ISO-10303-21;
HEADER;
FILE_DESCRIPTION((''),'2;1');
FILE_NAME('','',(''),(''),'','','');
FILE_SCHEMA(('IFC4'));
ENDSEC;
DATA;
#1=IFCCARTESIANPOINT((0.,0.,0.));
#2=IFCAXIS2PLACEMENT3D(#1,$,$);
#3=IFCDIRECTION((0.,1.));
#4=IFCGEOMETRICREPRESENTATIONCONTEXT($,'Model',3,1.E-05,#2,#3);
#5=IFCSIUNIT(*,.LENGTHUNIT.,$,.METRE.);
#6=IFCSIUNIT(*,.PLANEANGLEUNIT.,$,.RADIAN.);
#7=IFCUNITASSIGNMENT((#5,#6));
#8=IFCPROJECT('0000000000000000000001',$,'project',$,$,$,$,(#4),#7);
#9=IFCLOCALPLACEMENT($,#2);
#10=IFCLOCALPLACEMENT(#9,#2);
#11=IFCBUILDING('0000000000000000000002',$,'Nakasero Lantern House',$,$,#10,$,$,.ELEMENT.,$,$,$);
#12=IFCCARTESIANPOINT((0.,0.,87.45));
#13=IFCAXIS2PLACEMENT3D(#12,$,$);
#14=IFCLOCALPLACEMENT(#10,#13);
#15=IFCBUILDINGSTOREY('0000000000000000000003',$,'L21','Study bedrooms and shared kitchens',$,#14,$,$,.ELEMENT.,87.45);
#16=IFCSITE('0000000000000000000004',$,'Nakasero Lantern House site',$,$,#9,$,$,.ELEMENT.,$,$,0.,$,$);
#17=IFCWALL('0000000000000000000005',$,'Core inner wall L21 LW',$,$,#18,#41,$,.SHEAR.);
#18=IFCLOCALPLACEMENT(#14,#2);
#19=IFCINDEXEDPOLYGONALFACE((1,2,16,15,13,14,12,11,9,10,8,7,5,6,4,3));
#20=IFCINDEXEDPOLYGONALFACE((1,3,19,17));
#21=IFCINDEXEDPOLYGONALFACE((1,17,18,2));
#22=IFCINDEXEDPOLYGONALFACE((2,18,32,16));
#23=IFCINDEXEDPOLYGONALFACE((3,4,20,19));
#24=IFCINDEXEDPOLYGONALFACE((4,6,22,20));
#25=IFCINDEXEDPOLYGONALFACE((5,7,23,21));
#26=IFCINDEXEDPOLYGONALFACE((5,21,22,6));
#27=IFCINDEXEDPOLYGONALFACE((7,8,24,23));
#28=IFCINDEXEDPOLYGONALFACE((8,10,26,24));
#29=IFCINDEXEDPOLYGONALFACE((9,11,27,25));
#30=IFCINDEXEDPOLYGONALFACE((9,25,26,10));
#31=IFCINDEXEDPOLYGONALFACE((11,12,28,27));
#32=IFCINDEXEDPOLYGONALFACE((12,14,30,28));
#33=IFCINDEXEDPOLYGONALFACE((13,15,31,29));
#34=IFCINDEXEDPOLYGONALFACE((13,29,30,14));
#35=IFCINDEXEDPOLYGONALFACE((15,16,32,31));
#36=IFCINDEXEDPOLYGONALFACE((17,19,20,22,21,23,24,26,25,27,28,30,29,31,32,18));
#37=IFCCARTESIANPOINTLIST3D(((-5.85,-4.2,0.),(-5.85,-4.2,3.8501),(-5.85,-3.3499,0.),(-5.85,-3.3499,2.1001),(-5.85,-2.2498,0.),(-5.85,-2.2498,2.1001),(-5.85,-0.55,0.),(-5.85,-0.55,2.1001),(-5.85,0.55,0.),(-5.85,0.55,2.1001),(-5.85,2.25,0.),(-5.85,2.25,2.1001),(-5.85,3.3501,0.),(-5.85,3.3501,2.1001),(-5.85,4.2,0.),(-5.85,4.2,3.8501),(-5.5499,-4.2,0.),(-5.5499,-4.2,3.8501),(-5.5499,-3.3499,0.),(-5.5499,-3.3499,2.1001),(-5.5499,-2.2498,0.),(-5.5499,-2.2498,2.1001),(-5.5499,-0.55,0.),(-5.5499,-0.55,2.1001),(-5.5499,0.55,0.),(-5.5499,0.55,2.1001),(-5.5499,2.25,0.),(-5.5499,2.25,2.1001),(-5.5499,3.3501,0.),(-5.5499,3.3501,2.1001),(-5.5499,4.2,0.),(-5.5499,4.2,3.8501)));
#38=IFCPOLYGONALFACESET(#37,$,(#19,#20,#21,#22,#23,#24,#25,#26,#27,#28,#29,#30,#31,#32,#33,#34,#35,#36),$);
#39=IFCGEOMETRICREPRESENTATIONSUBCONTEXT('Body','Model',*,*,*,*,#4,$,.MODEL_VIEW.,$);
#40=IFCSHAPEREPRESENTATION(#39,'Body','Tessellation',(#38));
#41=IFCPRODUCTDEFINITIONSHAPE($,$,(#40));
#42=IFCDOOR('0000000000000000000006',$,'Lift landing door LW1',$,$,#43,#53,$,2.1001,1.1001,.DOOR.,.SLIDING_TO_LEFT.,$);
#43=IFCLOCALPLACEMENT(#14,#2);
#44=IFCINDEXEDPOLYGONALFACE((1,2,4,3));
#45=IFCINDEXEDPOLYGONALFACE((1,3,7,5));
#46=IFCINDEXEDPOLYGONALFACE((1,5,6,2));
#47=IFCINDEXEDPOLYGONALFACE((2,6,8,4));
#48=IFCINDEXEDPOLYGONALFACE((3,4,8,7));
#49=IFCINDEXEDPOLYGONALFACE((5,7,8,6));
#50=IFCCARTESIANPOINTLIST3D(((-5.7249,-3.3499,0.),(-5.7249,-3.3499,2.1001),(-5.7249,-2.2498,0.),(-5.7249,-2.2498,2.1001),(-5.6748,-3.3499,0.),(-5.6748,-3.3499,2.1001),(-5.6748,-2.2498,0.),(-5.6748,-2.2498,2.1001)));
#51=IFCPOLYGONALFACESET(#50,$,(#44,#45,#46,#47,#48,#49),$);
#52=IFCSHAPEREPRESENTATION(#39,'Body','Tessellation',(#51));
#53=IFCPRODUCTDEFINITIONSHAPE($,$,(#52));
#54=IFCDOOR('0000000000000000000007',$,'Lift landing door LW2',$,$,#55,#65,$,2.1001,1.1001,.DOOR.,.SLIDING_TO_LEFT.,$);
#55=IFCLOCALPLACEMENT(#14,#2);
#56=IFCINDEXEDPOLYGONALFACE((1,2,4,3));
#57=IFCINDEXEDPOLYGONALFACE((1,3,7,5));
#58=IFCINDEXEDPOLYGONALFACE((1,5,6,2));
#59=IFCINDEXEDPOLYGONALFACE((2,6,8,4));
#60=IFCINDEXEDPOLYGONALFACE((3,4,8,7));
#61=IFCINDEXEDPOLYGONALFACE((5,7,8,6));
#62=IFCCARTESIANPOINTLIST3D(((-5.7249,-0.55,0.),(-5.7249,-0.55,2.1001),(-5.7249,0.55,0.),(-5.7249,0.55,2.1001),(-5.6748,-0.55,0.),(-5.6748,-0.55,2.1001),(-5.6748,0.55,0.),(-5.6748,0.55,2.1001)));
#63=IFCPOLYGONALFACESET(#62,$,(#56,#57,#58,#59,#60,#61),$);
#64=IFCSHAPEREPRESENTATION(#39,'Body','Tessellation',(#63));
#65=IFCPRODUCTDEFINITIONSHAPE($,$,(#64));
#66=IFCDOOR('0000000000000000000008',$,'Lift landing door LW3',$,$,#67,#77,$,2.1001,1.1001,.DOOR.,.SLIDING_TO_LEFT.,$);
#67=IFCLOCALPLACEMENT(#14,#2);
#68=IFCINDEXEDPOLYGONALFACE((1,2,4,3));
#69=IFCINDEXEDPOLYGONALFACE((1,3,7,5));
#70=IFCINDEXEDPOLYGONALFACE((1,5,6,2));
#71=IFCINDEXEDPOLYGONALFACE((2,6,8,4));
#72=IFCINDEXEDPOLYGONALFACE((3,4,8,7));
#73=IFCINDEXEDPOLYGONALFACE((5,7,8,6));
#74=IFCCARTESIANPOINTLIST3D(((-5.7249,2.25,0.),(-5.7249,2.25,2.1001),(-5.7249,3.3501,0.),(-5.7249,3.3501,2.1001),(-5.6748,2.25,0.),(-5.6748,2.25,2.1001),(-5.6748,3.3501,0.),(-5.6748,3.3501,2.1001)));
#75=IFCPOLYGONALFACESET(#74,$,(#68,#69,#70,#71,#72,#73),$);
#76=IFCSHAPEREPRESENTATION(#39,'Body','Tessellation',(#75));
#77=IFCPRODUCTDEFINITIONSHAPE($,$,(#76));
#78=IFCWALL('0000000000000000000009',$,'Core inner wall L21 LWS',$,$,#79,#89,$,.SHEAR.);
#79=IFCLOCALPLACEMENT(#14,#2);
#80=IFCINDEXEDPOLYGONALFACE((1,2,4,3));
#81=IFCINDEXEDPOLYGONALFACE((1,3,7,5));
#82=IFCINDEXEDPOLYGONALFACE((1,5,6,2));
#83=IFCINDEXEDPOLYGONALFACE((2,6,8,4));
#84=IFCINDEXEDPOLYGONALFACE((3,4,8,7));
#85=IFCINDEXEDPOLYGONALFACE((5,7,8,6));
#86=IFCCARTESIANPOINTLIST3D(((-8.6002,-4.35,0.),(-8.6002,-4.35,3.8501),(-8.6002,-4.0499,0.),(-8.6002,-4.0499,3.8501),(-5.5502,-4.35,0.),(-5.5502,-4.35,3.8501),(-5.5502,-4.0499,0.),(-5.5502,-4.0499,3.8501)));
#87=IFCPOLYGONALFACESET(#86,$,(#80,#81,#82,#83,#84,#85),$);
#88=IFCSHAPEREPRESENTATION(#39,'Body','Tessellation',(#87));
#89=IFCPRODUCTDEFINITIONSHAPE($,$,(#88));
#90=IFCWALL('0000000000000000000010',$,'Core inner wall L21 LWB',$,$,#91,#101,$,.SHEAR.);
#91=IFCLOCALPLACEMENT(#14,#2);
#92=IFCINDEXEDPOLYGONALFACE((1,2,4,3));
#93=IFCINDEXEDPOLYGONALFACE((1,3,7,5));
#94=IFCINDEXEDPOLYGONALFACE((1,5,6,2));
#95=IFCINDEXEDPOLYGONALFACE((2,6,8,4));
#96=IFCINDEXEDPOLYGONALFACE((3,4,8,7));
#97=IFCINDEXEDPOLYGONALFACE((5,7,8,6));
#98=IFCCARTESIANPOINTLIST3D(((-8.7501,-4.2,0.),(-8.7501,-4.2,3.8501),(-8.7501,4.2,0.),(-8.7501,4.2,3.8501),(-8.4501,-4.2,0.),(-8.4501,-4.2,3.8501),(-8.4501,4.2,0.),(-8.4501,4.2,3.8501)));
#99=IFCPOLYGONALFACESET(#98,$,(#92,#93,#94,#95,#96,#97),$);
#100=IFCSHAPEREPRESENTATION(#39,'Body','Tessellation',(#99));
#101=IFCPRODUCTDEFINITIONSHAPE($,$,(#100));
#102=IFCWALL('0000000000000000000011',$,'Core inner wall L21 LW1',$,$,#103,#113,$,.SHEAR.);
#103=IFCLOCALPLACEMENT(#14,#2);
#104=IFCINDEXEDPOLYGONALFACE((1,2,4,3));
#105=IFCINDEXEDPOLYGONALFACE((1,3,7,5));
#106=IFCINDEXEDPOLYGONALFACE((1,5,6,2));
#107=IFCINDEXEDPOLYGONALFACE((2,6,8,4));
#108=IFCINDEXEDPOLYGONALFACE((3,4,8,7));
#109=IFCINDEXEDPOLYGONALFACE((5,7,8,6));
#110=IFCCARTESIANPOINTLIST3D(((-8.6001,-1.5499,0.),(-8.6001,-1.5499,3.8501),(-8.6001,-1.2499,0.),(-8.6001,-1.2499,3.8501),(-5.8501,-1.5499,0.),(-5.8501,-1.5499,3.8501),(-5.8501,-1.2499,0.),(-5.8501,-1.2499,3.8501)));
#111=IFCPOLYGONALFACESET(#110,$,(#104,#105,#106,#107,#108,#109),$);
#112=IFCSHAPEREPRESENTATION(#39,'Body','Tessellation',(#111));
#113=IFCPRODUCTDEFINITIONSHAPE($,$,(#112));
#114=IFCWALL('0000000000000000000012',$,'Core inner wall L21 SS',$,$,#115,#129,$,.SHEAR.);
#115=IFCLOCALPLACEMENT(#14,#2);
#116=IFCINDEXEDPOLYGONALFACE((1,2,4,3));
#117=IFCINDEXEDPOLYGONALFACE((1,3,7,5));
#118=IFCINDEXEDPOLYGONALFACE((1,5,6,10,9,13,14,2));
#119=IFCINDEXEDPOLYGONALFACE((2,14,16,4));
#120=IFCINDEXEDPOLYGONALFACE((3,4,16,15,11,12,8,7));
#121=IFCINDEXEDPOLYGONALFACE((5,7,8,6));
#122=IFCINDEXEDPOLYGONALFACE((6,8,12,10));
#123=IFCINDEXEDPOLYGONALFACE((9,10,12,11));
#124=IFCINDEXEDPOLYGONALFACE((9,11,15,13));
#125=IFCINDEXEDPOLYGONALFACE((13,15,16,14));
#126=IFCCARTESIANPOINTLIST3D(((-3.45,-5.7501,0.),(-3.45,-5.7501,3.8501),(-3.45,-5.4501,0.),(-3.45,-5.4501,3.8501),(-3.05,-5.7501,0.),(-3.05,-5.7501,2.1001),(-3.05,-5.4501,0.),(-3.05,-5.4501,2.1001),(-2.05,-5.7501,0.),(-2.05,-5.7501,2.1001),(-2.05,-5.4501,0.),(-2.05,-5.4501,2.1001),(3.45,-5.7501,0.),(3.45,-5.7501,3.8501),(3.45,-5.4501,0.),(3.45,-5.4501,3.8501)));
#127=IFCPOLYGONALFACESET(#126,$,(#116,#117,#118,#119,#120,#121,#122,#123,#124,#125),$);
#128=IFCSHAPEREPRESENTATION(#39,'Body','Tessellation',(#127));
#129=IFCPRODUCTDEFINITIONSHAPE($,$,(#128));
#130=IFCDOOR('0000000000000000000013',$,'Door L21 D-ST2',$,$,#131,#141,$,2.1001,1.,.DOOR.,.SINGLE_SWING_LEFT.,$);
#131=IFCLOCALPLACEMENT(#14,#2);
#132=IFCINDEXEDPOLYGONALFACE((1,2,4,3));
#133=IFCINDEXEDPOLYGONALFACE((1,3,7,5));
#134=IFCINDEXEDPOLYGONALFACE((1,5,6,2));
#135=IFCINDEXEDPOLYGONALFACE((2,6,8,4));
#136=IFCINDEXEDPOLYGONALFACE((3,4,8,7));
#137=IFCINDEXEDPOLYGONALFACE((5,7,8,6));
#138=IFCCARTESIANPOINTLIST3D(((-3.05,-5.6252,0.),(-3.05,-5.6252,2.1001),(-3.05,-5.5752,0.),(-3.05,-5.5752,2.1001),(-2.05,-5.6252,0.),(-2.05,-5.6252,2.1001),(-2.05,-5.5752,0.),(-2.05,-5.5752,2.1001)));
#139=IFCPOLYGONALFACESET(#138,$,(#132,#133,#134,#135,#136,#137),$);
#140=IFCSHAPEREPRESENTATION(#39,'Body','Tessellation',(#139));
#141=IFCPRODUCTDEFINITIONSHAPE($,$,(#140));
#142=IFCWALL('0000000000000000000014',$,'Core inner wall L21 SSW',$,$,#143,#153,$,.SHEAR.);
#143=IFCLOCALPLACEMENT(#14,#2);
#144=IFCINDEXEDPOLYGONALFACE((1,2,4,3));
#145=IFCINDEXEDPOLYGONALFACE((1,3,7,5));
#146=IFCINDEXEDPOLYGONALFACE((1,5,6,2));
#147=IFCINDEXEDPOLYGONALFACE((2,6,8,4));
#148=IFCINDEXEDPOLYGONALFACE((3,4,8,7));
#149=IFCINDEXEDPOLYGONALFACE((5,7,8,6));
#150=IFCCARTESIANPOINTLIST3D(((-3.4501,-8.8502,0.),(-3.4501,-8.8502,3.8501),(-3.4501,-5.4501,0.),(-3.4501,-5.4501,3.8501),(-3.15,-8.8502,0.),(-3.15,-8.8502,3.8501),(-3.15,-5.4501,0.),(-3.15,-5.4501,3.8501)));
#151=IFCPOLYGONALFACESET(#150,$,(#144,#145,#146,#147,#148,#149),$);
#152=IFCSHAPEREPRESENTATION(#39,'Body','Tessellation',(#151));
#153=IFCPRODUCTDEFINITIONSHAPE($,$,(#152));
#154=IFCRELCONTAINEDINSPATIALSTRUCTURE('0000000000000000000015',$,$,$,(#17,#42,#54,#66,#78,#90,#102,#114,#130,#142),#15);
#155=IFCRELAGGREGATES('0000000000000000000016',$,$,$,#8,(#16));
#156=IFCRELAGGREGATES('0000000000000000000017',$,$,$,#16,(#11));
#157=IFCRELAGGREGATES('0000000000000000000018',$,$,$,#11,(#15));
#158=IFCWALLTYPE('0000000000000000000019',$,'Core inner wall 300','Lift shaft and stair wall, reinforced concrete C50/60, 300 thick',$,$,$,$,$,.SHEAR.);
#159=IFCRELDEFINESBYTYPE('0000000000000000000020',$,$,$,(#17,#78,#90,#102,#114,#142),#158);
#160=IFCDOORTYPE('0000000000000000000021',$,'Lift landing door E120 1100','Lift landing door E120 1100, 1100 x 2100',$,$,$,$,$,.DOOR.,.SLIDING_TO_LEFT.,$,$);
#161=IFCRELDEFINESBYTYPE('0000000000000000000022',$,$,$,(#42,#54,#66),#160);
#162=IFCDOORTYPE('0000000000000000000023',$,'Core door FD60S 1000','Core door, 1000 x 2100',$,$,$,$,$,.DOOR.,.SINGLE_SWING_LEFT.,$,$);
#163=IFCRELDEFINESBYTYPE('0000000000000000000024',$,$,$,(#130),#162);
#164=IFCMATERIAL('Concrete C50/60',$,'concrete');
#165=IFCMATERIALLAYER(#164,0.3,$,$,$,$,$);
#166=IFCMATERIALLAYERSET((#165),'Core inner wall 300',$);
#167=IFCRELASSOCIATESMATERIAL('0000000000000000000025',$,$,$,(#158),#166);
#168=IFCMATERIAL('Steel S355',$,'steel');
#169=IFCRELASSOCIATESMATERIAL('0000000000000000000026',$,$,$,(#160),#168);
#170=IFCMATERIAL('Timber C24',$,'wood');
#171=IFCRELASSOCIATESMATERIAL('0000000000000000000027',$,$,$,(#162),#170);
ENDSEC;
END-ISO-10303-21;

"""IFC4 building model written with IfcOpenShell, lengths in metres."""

from ifc_helpers import new_model, si_unit, direction, frame, frame_2d, origin, place, context, subcontext, project, spatial, rectangle, extrude, material, layer, layer_set, type_object, element, fill, save


model = new_model("IFC4")

# Units and contexts
model_context = context("Model", 3, precision=1e-05, world=origin(), true_north=direction((0.0, 1.0)))
body_context = subcontext(model_context, "Body", "Model", "MODEL_VIEW")
ifc_project = project(units=[si_unit("LENGTHUNIT", "METRE"), si_unit("PLANEANGLEUNIT", "RADIAN")], contexts=[model_context])

# Site, building, storey
site_placement = place(None, origin())
site = spatial("IfcSite", under=ifc_project, at=site_placement, Name="Nakasero Lantern House site", CompositionType="ELEMENT", RefElevation=0.0)
building_placement = place(site_placement, origin())
building = spatial("IfcBuilding", under=site, at=building_placement, Name="Nakasero Lantern House", CompositionType="ELEMENT")
storey_placement = place(building_placement, frame((0.0, 0.0, 87.45)))
storey = spatial("IfcBuildingStorey", under=building, at=storey_placement, Name="L21", Description="Study bedrooms and shared kitchens", CompositionType="ELEMENT", Elevation=87.45)

# Wall, openings, doors
ifc_material_1 = material(Name="Concrete C50/60", Category="concrete")
ifc_layer_1 = layer(ifc_material_1, 0.3)
ifc_layer_set_1 = layer_set([ifc_layer_1], Name="Core inner wall 300")
wall_type_1 = type_object("IfcWallType", Name="Core inner wall 300", Description="Lift shaft and stair wall, reinforced concrete C50/60, 300 thick", PredefinedType="SHEAR", material=ifc_layer_set_1)
wall_1_placement = place(storey_placement, frame((-5.7, -4.2, 0.0), z_axis=(0.0, 0.0, 1.0), x_axis=(0.0, 1.0, 0.0)))
wall_1 = element("IfcWall", 1, at=wall_1_placement, inside=storey, type_object=wall_type_1, Name="Core inner wall L21 LW", PredefinedType="SHEAR", context=body_context, shape_type="SweptSolid", body=[
    extrude(rectangle(XDim=8.3999, YDim=0.3, at=frame_2d((4.2, 0.0))), origin(), (0.0, 0.0, 1.0), 3.8501),
])
opening_1_placement = place(wall_1_placement, frame((0.8501, 0.0, 0.0)))
opening_1 = element("IfcOpeningElement", 2, at=opening_1_placement, cuts=wall_1, PredefinedType="OPENING", context=body_context, shape_type="SweptSolid", body=[
    extrude(rectangle(XDim=1.1001, YDim=2.1001, at=frame_2d((0.55, 1.05))), frame((0.0, 0.1699, 0.0), z_axis=(0.0, -1.0, 0.0), x_axis=(1.0, 0.0, 0.0)), (0.0, 0.0, 1.0), 0.3401),
])
opening_2_placement = place(wall_1_placement, frame((3.6499, 0.0, 0.0)))
opening_2 = element("IfcOpeningElement", 3, at=opening_2_placement, cuts=wall_1, PredefinedType="OPENING", context=body_context, shape_type="SweptSolid", body=[
    extrude(rectangle(XDim=1.1001, YDim=2.1001, at=frame_2d((0.55, 1.05))), frame((0.0, 0.1699, 0.0), z_axis=(0.0, -1.0, 0.0), x_axis=(1.0, 0.0, 0.0)), (0.0, 0.0, 1.0), 0.3401),
])
opening_3_placement = place(wall_1_placement, frame((6.45, 0.0, 0.0)))
opening_3 = element("IfcOpeningElement", 4, at=opening_3_placement, cuts=wall_1, PredefinedType="OPENING", context=body_context, shape_type="SweptSolid", body=[
    extrude(rectangle(XDim=1.1001, YDim=2.1001, at=frame_2d((0.55, 1.05))), frame((0.0, 0.1699, 0.0), z_axis=(0.0, -1.0, 0.0), x_axis=(1.0, 0.0, 0.0)), (0.0, 0.0, 1.0), 0.3401),
])
ifc_material_2 = material(Name="Steel S355", Category="steel")
door_type_1 = type_object("IfcDoorType", Name="Lift landing door E120 1100", Description="Lift landing door E120 1100, 1100 x 2100", OperationType="SLIDING_TO_LEFT", PredefinedType="DOOR", material=ifc_material_2)
door_1_placement = place(opening_1_placement, origin())
door_1 = element("IfcDoor", 5, at=door_1_placement, inside=storey, type_object=door_type_1, Name="Lift landing door LW1", OperationType="SLIDING_TO_LEFT", OverallHeight=2.1001, OverallWidth=1.1001, PredefinedType="DOOR", context=body_context, shape_type="SweptSolid", body=[
    extrude(rectangle(XDim=1.1001, YDim=2.1001, at=frame_2d((0.55, 1.05))), frame((0.0, 0.0249, 0.0), z_axis=(0.0, -1.0, 0.0), x_axis=(1.0, 0.0, 0.0)), (0.0, 0.0, 1.0), 0.05),
])
fill(opening_1, door_1)
door_2_placement = place(opening_2_placement, origin())
door_2 = element("IfcDoor", 6, at=door_2_placement, inside=storey, type_object=door_type_1, Name="Lift landing door LW2", OperationType="SLIDING_TO_LEFT", OverallHeight=2.1001, OverallWidth=1.1001, PredefinedType="DOOR", context=body_context, shape_type="SweptSolid", body=[
    extrude(rectangle(XDim=1.1001, YDim=2.1001, at=frame_2d((0.55, 1.05))), frame((0.0, 0.0249, 0.0), z_axis=(0.0, -1.0, 0.0), x_axis=(1.0, 0.0, 0.0)), (0.0, 0.0, 1.0), 0.05),
])
fill(opening_2, door_2)
door_3_placement = place(opening_3_placement, origin())
door_3 = element("IfcDoor", 7, at=door_3_placement, inside=storey, type_object=door_type_1, Name="Lift landing door LW3", OperationType="SLIDING_TO_LEFT", OverallHeight=2.1001, OverallWidth=1.1001, PredefinedType="DOOR", context=body_context, shape_type="SweptSolid", body=[
    extrude(rectangle(XDim=1.1001, YDim=2.1001, at=frame_2d((0.55, 1.05))), frame((0.0, 0.0249, 0.0), z_axis=(0.0, -1.0, 0.0), x_axis=(1.0, 0.0, 0.0)), (0.0, 0.0, 1.0), 0.05),
])
fill(opening_3, door_3)

# Walls
wall_2_placement = place(storey_placement, frame((-8.6001, -4.2, 0.0), z_axis=(0.0, 0.0, 1.0), x_axis=(1.0, 0.0, 0.0)))
element("IfcWall", 8, at=wall_2_placement, inside=storey, type_object=wall_type_1, Name="Core inner wall L21 LWS", PredefinedType="SHEAR", context=body_context, shape_type="SweptSolid", body=[
    extrude(rectangle(XDim=3.05, YDim=0.3, at=frame_2d((1.5249, 0.0))), origin(), (0.0, 0.0, 1.0), 3.8501),
])
wall_3_placement = place(storey_placement, frame((-8.6001, -4.2, 0.0), z_axis=(0.0, 0.0, 1.0), x_axis=(0.0, 1.0, 0.0)))
element("IfcWall", 9, at=wall_3_placement, inside=storey, type_object=wall_type_1, Name="Core inner wall L21 LWB", PredefinedType="SHEAR", context=body_context, shape_type="SweptSolid", body=[
    extrude(rectangle(XDim=8.3999, YDim=0.3, at=frame_2d((4.2, 0.0))), origin(), (0.0, 0.0, 1.0), 3.8501),
])
wall_4_placement = place(storey_placement, frame((-8.6001, -1.3999, 0.0), z_axis=(0.0, 0.0, 1.0), x_axis=(1.0, 0.0, 0.0)))
element("IfcWall", 10, at=wall_4_placement, inside=storey, type_object=wall_type_1, Name="Core inner wall L21 LW1", PredefinedType="SHEAR", context=body_context, shape_type="SweptSolid", body=[
    extrude(rectangle(XDim=2.75, YDim=0.3, at=frame_2d((1.375, 0.0))), origin(), (0.0, 0.0, 1.0), 3.8501),
])

# Wall, opening, door
wall_5_placement = place(storey_placement, frame((-3.45, -5.6001, 0.0), z_axis=(0.0, 0.0, 1.0), x_axis=(1.0, 0.0, 0.0)))
wall_5 = element("IfcWall", 11, at=wall_5_placement, inside=storey, type_object=wall_type_1, Name="Core inner wall L21 SS", PredefinedType="SHEAR", context=body_context, shape_type="SweptSolid", body=[
    extrude(rectangle(XDim=6.8999, YDim=0.3, at=frame_2d((3.45, 0.0))), origin(), (0.0, 0.0, 1.0), 3.8501),
])
opening_4_placement = place(wall_5_placement, frame((0.3999, 0.0, 0.0)))
opening_4 = element("IfcOpeningElement", 12, at=opening_4_placement, cuts=wall_5, PredefinedType="OPENING", context=body_context, shape_type="SweptSolid", body=[
    extrude(rectangle(XDim=1.0, YDim=2.1001, at=frame_2d((0.5, 1.05))), frame((0.0, 0.1699, 0.0), z_axis=(0.0, -1.0, 0.0), x_axis=(1.0, 0.0, 0.0)), (0.0, 0.0, 1.0), 0.3401),
])
ifc_material_3 = material(Name="Timber C24", Category="wood")
door_type_2 = type_object("IfcDoorType", Name="Core door FD60S 1000", Description="Core door, 1000 x 2100", OperationType="SINGLE_SWING_LEFT", PredefinedType="DOOR", material=ifc_material_3)
door_4_placement = place(opening_4_placement, origin())
door_4 = element("IfcDoor", 13, at=door_4_placement, inside=storey, type_object=door_type_2, Name="Door L21 D-ST2", OperationType="SINGLE_SWING_LEFT", OverallHeight=2.1001, OverallWidth=1.0, PredefinedType="DOOR", context=body_context, shape_type="SweptSolid", body=[
    extrude(rectangle(XDim=1.0, YDim=2.1001, at=frame_2d((0.5, 1.05))), frame((0.0, 0.0249, 0.0), z_axis=(0.0, -1.0, 0.0), x_axis=(1.0, 0.0, 0.0)), (0.0, 0.0, 1.0), 0.05),
])
fill(opening_4, door_4)

# Wall
wall_6_placement = place(storey_placement, frame((-3.3, -5.45, 0.0), z_axis=(0.0, 0.0, 1.0), x_axis=(0.0, -1.0, 0.0)))
element("IfcWall", 14, at=wall_6_placement, inside=storey, type_object=wall_type_1, Name="Core inner wall L21 SSW", PredefinedType="SHEAR", context=body_context, shape_type="SweptSolid", body=[
    extrude(rectangle(XDim=3.4001, YDim=0.3, at=frame_2d((1.7002, 0.0))), origin(), (0.0, 0.0, 1.0), 3.8501),
])

save(model, "model.ifc")
